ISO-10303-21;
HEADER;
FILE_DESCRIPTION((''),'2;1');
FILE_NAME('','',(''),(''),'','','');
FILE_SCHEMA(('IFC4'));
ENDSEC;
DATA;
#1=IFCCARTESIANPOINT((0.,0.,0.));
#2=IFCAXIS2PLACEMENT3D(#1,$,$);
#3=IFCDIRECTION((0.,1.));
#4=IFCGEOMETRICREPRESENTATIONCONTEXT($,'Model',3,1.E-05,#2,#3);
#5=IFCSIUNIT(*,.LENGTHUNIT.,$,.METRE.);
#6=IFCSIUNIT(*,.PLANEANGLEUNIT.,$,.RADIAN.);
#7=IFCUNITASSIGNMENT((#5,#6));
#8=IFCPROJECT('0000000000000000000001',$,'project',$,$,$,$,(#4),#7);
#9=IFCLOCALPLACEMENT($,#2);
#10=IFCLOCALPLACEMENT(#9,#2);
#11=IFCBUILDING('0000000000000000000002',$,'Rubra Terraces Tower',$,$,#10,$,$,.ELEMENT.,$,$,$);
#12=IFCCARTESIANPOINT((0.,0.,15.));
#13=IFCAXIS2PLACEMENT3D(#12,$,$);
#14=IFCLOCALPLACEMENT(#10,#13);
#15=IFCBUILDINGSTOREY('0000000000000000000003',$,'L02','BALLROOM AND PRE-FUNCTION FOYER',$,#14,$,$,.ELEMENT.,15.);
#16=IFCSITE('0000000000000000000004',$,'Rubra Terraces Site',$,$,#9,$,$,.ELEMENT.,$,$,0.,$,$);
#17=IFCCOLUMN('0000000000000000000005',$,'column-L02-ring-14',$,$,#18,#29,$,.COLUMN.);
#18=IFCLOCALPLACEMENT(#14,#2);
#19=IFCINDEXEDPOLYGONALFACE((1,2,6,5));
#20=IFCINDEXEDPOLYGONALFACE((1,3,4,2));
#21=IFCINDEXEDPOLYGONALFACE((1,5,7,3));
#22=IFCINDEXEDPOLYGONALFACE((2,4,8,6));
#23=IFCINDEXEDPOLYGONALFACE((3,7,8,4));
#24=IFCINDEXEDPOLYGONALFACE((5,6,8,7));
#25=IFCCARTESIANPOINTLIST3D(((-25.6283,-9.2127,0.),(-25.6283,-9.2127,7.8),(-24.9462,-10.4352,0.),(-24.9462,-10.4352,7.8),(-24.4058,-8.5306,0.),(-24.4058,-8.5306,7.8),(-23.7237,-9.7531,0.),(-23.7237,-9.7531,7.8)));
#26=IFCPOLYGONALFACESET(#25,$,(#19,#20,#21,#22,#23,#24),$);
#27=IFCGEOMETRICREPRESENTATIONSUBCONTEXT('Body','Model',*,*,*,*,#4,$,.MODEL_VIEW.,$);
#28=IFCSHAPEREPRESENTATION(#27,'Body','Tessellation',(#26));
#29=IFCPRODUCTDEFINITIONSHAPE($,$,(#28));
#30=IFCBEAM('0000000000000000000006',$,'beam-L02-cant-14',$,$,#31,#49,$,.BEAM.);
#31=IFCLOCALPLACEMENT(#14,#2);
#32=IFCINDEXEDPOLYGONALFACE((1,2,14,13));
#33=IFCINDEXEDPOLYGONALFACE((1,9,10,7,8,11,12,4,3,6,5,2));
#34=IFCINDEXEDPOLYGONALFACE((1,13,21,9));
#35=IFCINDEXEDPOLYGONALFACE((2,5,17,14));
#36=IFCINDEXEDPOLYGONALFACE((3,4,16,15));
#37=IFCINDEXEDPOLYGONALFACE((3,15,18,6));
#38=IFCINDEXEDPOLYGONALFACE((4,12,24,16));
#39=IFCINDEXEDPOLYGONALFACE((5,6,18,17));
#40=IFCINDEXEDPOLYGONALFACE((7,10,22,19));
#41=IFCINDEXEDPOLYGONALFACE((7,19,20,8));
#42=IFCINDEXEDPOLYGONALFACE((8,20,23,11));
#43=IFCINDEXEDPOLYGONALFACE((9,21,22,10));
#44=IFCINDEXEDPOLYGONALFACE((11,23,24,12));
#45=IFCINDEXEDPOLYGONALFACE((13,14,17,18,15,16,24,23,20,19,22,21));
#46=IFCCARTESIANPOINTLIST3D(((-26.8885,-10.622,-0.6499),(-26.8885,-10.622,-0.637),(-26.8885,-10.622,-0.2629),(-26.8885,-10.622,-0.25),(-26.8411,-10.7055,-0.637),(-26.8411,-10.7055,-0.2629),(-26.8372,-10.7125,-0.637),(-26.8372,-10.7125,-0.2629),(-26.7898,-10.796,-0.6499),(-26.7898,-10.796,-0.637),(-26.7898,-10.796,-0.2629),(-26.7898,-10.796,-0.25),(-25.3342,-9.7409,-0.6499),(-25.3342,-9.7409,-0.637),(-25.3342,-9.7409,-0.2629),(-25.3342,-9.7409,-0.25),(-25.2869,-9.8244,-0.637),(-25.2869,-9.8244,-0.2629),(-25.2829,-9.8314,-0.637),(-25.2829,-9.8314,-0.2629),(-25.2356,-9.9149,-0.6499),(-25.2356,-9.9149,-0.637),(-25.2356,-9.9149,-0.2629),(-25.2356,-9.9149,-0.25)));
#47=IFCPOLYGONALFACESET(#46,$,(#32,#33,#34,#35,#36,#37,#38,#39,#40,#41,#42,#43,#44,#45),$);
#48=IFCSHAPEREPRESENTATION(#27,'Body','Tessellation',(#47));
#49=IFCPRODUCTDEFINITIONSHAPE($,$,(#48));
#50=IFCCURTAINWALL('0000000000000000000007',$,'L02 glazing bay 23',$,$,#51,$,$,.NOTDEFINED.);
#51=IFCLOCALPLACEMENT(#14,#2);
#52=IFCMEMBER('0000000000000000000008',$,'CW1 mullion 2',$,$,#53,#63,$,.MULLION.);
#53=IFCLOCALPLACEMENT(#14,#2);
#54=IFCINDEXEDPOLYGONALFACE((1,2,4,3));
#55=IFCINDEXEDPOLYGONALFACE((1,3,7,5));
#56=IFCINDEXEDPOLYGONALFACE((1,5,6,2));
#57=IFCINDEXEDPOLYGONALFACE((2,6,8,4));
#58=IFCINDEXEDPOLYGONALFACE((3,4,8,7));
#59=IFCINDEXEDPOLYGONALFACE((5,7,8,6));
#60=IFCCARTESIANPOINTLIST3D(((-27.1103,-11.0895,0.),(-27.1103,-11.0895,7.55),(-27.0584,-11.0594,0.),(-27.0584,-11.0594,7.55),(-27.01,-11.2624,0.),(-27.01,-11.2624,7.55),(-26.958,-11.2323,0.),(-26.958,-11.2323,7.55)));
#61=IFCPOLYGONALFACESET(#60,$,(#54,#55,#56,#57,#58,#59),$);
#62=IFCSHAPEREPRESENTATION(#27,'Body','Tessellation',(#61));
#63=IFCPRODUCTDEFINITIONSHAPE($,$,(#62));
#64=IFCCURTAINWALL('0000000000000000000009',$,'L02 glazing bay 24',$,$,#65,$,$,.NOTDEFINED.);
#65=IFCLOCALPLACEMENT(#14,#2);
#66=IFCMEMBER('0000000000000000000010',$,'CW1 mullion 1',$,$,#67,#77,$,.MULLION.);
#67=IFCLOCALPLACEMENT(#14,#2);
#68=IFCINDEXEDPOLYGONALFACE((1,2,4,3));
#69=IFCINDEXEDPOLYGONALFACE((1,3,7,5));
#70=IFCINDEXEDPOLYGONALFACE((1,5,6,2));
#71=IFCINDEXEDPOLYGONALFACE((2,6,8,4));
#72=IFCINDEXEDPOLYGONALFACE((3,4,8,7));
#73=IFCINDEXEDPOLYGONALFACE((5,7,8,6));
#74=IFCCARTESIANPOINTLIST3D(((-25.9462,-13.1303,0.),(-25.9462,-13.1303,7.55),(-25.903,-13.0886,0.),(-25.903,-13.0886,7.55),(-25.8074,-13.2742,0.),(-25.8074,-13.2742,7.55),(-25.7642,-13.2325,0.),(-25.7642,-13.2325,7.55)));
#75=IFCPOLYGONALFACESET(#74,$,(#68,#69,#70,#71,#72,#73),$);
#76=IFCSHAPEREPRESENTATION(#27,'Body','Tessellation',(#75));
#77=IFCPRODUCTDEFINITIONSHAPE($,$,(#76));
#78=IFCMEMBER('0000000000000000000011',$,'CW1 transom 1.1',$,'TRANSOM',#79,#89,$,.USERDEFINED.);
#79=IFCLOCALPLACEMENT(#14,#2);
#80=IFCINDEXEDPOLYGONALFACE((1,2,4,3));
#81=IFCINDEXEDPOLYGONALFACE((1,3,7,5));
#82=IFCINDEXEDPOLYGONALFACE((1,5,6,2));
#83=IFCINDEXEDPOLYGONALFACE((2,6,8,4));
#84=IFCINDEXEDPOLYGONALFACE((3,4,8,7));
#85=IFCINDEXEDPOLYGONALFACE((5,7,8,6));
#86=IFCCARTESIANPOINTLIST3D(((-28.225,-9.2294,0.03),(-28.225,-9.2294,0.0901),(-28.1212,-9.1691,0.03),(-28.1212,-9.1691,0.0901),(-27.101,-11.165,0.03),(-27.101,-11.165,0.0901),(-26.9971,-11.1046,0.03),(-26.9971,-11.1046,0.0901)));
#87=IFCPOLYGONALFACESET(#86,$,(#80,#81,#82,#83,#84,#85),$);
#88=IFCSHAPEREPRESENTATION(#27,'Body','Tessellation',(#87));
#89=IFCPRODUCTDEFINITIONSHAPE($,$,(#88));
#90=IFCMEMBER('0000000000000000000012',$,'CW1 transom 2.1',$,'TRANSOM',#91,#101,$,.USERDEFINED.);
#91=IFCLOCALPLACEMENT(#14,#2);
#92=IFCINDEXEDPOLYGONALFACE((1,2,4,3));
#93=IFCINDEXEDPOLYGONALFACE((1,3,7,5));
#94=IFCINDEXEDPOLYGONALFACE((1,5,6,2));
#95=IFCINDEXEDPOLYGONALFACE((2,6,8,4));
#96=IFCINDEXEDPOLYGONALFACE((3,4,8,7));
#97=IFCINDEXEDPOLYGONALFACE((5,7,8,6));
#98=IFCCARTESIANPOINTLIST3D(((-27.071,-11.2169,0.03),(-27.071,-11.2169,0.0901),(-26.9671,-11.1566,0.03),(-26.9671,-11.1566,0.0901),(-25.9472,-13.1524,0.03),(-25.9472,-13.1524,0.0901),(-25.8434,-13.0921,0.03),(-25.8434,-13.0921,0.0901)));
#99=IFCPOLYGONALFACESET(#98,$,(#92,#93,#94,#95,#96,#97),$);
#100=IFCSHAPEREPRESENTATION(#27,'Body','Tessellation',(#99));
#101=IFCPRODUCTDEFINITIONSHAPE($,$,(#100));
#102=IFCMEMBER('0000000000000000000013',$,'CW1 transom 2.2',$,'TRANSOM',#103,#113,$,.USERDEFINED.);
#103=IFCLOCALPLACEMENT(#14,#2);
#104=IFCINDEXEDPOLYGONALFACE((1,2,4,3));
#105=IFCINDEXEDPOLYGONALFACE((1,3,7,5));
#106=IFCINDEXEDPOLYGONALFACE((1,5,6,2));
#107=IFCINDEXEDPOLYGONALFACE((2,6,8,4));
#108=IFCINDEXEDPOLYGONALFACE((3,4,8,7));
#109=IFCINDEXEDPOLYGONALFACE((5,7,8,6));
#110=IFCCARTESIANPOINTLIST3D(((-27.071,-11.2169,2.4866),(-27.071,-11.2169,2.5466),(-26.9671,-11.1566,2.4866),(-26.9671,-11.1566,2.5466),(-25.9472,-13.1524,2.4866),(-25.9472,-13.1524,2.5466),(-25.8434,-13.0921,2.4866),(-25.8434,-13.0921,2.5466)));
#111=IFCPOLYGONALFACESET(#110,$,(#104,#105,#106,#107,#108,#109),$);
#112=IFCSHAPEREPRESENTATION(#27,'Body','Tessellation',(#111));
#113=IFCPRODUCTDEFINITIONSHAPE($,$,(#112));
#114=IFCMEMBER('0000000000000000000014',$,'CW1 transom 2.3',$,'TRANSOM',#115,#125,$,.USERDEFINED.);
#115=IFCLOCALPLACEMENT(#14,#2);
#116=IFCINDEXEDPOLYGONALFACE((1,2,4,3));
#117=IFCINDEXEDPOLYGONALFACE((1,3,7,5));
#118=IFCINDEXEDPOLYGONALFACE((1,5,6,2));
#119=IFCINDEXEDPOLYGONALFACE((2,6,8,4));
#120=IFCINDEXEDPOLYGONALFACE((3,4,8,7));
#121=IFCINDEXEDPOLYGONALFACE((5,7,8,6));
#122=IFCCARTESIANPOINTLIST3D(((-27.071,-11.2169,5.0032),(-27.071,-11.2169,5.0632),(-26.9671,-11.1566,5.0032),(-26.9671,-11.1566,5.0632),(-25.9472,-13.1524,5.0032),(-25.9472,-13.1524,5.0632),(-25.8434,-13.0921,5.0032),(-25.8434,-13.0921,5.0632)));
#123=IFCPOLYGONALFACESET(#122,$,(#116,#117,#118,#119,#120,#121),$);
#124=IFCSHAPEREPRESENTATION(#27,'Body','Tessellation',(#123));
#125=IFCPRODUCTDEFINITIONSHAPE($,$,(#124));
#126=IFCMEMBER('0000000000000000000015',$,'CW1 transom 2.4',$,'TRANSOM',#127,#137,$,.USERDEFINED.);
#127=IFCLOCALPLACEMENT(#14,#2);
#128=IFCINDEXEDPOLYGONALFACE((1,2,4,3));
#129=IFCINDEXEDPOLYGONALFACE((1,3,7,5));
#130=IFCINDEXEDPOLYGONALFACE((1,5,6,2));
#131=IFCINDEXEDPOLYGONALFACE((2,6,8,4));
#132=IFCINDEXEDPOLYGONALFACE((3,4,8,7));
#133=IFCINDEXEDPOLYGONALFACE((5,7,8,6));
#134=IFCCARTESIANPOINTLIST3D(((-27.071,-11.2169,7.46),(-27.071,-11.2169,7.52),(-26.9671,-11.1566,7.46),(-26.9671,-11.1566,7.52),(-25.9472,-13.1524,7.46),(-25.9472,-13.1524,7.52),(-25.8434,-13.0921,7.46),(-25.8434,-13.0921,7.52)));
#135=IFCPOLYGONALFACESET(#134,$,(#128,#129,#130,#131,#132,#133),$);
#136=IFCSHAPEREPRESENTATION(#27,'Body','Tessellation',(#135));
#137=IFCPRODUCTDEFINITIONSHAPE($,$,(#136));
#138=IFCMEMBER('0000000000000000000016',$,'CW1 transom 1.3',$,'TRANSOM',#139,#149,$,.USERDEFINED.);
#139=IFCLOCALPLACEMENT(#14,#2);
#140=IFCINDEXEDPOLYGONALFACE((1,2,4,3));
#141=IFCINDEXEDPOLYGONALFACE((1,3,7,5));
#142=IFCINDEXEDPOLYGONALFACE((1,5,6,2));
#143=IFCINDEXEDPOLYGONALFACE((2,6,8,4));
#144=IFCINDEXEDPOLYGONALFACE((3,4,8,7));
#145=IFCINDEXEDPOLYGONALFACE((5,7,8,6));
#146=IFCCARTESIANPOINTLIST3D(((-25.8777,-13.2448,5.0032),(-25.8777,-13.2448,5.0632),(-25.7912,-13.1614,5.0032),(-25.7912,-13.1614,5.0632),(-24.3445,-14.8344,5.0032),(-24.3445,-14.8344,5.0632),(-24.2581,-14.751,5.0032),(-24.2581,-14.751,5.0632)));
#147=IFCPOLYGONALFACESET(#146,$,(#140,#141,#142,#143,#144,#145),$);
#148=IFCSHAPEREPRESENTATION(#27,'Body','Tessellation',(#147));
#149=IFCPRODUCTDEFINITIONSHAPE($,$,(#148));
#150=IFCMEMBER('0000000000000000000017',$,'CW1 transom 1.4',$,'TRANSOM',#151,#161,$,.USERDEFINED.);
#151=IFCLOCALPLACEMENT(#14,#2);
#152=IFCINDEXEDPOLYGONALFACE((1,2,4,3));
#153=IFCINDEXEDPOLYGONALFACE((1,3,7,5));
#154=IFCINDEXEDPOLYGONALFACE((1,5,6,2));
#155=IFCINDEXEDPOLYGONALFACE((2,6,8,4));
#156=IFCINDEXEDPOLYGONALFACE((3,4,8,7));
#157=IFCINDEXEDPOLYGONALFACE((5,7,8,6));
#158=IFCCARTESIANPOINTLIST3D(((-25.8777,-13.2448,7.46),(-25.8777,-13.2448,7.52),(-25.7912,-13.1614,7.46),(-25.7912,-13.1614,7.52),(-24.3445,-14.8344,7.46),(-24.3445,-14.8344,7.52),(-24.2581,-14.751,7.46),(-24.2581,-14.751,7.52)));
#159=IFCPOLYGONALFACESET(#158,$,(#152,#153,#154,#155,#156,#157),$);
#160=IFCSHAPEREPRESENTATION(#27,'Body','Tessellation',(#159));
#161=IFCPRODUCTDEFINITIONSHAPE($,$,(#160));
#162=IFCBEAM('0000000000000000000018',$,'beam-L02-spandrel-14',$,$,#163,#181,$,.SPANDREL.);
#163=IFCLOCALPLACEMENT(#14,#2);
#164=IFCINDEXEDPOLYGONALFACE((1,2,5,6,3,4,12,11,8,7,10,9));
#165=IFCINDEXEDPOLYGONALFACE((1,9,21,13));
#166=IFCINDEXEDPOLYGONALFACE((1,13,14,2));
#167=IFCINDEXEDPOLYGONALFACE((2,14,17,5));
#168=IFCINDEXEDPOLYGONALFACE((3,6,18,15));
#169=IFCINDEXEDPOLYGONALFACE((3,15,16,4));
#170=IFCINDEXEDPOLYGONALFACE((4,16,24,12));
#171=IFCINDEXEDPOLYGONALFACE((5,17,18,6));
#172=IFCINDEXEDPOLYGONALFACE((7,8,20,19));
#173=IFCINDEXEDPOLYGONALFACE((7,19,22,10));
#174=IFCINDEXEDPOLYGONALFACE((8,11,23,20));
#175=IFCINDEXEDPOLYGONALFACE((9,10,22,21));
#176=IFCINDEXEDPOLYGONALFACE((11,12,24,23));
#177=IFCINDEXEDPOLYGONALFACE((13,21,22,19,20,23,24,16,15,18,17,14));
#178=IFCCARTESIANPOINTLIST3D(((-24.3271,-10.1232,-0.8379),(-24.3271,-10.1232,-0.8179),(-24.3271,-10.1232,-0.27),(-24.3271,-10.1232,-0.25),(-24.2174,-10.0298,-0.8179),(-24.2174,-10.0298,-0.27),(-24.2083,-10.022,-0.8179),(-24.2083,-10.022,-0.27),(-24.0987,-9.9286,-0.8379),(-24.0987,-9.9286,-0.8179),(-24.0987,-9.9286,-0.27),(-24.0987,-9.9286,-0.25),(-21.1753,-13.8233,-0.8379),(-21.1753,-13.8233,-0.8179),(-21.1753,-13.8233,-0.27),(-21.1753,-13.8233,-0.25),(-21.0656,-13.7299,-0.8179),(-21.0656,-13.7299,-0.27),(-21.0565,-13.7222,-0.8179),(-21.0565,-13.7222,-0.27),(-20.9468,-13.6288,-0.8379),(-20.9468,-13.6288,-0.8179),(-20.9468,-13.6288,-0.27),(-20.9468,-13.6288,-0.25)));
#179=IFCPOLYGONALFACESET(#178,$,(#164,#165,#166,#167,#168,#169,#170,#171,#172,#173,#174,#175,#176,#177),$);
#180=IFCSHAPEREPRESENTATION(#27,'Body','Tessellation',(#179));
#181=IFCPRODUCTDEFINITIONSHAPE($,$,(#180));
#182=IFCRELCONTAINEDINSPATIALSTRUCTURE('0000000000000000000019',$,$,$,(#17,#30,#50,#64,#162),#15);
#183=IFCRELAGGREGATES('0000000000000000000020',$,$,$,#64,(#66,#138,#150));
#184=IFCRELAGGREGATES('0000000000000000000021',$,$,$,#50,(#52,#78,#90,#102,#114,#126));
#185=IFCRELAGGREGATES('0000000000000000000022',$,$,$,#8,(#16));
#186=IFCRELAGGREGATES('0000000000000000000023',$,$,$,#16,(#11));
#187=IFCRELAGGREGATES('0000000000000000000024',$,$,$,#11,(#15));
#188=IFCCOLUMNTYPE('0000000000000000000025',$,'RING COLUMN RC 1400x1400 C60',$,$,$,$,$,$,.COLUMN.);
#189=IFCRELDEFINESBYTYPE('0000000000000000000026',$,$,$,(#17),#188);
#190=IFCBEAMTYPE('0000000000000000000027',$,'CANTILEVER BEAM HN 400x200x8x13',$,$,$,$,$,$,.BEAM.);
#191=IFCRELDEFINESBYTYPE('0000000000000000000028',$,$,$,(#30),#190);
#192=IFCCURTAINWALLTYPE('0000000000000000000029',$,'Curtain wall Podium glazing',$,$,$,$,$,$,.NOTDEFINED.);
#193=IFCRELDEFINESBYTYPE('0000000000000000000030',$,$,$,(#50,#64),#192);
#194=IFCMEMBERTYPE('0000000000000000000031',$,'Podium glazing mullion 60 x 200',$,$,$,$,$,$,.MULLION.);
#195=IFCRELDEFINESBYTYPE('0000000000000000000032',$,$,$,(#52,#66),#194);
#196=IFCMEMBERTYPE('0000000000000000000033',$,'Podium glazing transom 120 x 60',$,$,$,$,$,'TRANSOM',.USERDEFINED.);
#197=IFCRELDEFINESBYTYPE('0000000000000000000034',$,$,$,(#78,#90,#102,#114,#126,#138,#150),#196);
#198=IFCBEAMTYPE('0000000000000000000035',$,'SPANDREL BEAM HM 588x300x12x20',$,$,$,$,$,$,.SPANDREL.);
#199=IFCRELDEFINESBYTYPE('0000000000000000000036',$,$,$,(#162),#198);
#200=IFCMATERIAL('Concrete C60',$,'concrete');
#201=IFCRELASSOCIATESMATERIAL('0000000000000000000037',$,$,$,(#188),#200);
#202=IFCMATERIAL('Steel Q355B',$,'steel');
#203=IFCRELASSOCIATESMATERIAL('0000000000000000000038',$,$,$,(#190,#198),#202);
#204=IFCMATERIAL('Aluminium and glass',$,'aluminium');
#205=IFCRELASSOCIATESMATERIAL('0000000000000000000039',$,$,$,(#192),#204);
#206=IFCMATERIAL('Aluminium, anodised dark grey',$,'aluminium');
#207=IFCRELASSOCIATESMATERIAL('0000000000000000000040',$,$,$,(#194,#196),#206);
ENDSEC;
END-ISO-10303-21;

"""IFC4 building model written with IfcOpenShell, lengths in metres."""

from ifc_helpers import new_model, si_unit, direction, frame, origin, origin_2d, place, context, subcontext, project, spatial, rectangle, i_section, extrude, material, material_profile, profile_set, type_object, element, aggregate, save


model = new_model("IFC4")

# Units and contexts
model_context = context("Model", 3, precision=1e-05, world=origin(), true_north=direction((0.0, 1.0)))
body_context = subcontext(model_context, "Body", "Model", "MODEL_VIEW")
ifc_project = project(units=[si_unit("LENGTHUNIT", "METRE"), si_unit("PLANEANGLEUNIT", "RADIAN")], contexts=[model_context])

# Site, building, storey
site_placement = place(None, origin())
site = spatial("IfcSite", under=ifc_project, at=site_placement, Name="Rubra Terraces Site", CompositionType="ELEMENT", RefElevation=0.0)
building_placement = place(site_placement, origin())
building = spatial("IfcBuilding", under=site, at=building_placement, Name="Rubra Terraces Tower", CompositionType="ELEMENT")
storey_placement = place(building_placement, frame((0.0, 0.0, 15.0)))
storey = spatial("IfcBuildingStorey", under=building, at=storey_placement, Name="L02", Description="BALLROOM AND PRE-FUNCTION FOYER", CompositionType="ELEMENT", Elevation=15.0)

# Column
ifc_material_1 = material(Name="Concrete C60", Category="concrete")
ifc_material_profile_1 = material_profile(ifc_material_1, rectangle(XDim=1.3999, YDim=1.3999, at=origin_2d()), Name="RC 1400x1400")
ifc_profile_set_1 = profile_set([ifc_material_profile_1], Name="Concrete C60")
column_type = type_object("IfcColumnType", Name="RING COLUMN RC 1400x1400 C60", PredefinedType="COLUMN", material=ifc_profile_set_1)
column_placement = place(storey_placement, frame((-24.676, -9.4829, 0.0), z_axis=(0.0, 0.0, 1.0), x_axis=(0.487227, -0.873276, 0.0)))
element("IfcColumn", 1, at=column_placement, inside=storey, type_object=column_type, Name="column-L02-ring-14", PredefinedType="COLUMN", context=body_context, shape_type="SweptSolid", body=[
    extrude(rectangle(XDim=1.3999, YDim=1.3999, at=origin_2d()), origin(), (0.0, 0.0, 1.0), 7.8),
])

# Beam
ifc_material_2 = material(Name="Steel Q355B", Category="steel")
ifc_material_profile_2 = material_profile(ifc_material_2, i_section(OverallWidth=0.2, OverallDepth=0.3999, WebThickness=0.0081, FlangeThickness=0.0129, at=origin_2d()), Name="HN 400x200x8x13")
ifc_profile_set_2 = profile_set([ifc_material_profile_2], Name="Steel Q355B")
beam_type_1 = type_object("IfcBeamType", Name="CANTILEVER BEAM HN 400x200x8x13", PredefinedType="BEAM", material=ifc_profile_set_2)
beam_1_placement = place(storey_placement, frame((-25.2849, -9.8279, -0.45), z_axis=(-0.869928, -0.493178, 0.0), x_axis=(0.493178, -0.869928, 0.0)))
element("IfcBeam", 2, at=beam_1_placement, inside=storey, type_object=beam_type_1, Name="beam-L02-cant-14", PredefinedType="BEAM", context=body_context, shape_type="SweptSolid", body=[
    extrude(i_section(OverallWidth=0.2, OverallDepth=0.3999, WebThickness=0.0081, FlangeThickness=0.0129, at=origin_2d()), origin(), (0.0, 0.0, 1.0), 1.7866),
])

# Curtain walls, members
ifc_material_3 = material(Name="Aluminium and glass", Category="aluminium")
curtain_wall_type = type_object("IfcCurtainWallType", Name="Curtain wall Podium glazing", PredefinedType="NOTDEFINED", material=ifc_material_3)
curtain_wall_1_placement = place(storey_placement, origin())
curtain_wall_1 = element("IfcCurtainWall", 3, at=curtain_wall_1_placement, inside=storey, type_object=curtain_wall_type, Name="L02 glazing bay 23", PredefinedType="NOTDEFINED")
ifc_material_4 = material(Name="Aluminium, anodised dark grey", Category="aluminium")
ifc_material_profile_3 = material_profile(ifc_material_4, rectangle(XDim=0.0601, YDim=0.2, at=origin_2d()), Name="AL 60x200")
ifc_profile_set_3 = profile_set([ifc_material_profile_3], Name="Aluminium, anodised dark grey")
member_type_1 = type_object("IfcMemberType", Name="Podium glazing mullion 60 x 200", PredefinedType="MULLION", material=ifc_profile_set_3)
member_1_placement = place(storey_placement, frame((-27.0342, -11.1609, 0.0), z_axis=(0.0, 0.0, 1.0), x_axis=(0.864813, 0.502094, 0.0)))
member_1 = element("IfcMember", 4, at=member_1_placement, type_object=member_type_1, Name="CW1 mullion 2", PredefinedType="MULLION", context=body_context, shape_type="SweptSolid", body=[
    extrude(rectangle(XDim=0.0601, YDim=0.2, at=origin_2d()), origin(), (0.0, 0.0, 1.0), 7.55),
])
curtain_wall_2_placement = place(storey_placement, origin())
curtain_wall_2 = element("IfcCurtainWall", 5, at=curtain_wall_2_placement, inside=storey, type_object=curtain_wall_type, Name="L02 glazing bay 24", PredefinedType="NOTDEFINED")
member_2_placement = place(storey_placement, frame((-25.8552, -13.1814, 0.0), z_axis=(0.0, 0.0, 1.0), x_axis=(0.719825, 0.694156, 0.0)))
member_2 = element("IfcMember", 6, at=member_2_placement, type_object=member_type_1, Name="CW1 mullion 1", PredefinedType="MULLION", context=body_context, shape_type="SweptSolid", body=[
    extrude(rectangle(XDim=0.0601, YDim=0.2, at=origin_2d()), origin(), (0.0, 0.0, 1.0), 7.55),
])

# Members
ifc_material_profile_4 = material_profile(ifc_material_4, rectangle(XDim=0.1201, YDim=0.0601, at=origin_2d()), Name="AL 120x60")
ifc_profile_set_4 = profile_set([ifc_material_profile_4], Name="Aluminium, anodised dark grey")
member_type_2 = type_object("IfcMemberType", Name="Podium glazing transom 120 x 60", ElementType="TRANSOM", PredefinedType="USERDEFINED", material=ifc_profile_set_4)
member_3_placement = place(storey_placement, frame((-28.1731, -9.1992, 0.0601), z_axis=(0.502188, -0.864758, 0.0), x_axis=(0.864758, 0.502188, 0.0)))
member_3 = element("IfcMember", 7, at=member_3_placement, type_object=member_type_2, Name="CW1 transom 1.1", ObjectType="TRANSOM", PredefinedType="USERDEFINED", context=body_context, shape_type="SweptSolid", body=[
    extrude(rectangle(XDim=0.1201, YDim=0.0601, at=origin_2d()), origin(), (0.0, 0.0, 1.0), 2.2383),
])
member_4_placement = place(storey_placement, frame((-27.019, -11.1868, 0.0601), z_axis=(0.502107, -0.864806, 0.0), x_axis=(0.864806, 0.502107, 0.0)))
member_4 = element("IfcMember", 8, at=member_4_placement, type_object=member_type_2, Name="CW1 transom 2.1", ObjectType="TRANSOM", PredefinedType="USERDEFINED", context=body_context, shape_type="SweptSolid", body=[
    extrude(rectangle(XDim=0.1201, YDim=0.0601, at=origin_2d()), origin(), (0.0, 0.0, 1.0), 2.238),
])
member_5_placement = place(storey_placement, frame((-27.019, -11.1868, 2.5166), z_axis=(0.502107, -0.864806, 0.0), x_axis=(0.864806, 0.502107, 0.0)))
member_5 = element("IfcMember", 9, at=member_5_placement, type_object=member_type_2, Name="CW1 transom 2.2", ObjectType="TRANSOM", PredefinedType="USERDEFINED", context=body_context, shape_type="SweptSolid", body=[
    extrude(rectangle(XDim=0.1201, YDim=0.0601, at=origin_2d()), origin(), (0.0, 0.0, 1.0), 2.238),
])
member_6_placement = place(storey_placement, frame((-27.019, -11.1868, 5.0332), z_axis=(0.502107, -0.864806, 0.0), x_axis=(0.864806, 0.502107, 0.0)))
member_6 = element("IfcMember", 10, at=member_6_placement, type_object=member_type_2, Name="CW1 transom 2.3", ObjectType="TRANSOM", PredefinedType="USERDEFINED", context=body_context, shape_type="SweptSolid", body=[
    extrude(rectangle(XDim=0.1201, YDim=0.0601, at=origin_2d()), origin(), (0.0, 0.0, 1.0), 2.238),
])
member_7_placement = place(storey_placement, frame((-27.019, -11.1868, 7.49), z_axis=(0.502107, -0.864806, 0.0), x_axis=(0.864806, 0.502107, 0.0)))
member_7 = element("IfcMember", 11, at=member_7_placement, type_object=member_type_2, Name="CW1 transom 2.4", ObjectType="TRANSOM", PredefinedType="USERDEFINED", context=body_context, shape_type="SweptSolid", body=[
    extrude(rectangle(XDim=0.1201, YDim=0.0601, at=origin_2d()), origin(), (0.0, 0.0, 1.0), 2.238),
])
member_8_placement = place(storey_placement, frame((-25.8345, -13.2031, 5.0332), z_axis=(0.694224, -0.719759, 0.0), x_axis=(0.719759, 0.694224, 0.0)))
member_8 = element("IfcMember", 12, at=member_8_placement, type_object=member_type_2, Name="CW1 transom 1.3", ObjectType="TRANSOM", PredefinedType="USERDEFINED", context=body_context, shape_type="SweptSolid", body=[
    extrude(rectangle(XDim=0.1201, YDim=0.0601, at=origin_2d()), origin(), (0.0, 0.0, 1.0), 2.2085),
])
member_9_placement = place(storey_placement, frame((-25.8345, -13.2031, 7.49), z_axis=(0.694224, -0.719759, 0.0), x_axis=(0.719759, 0.694224, 0.0)))
member_9 = element("IfcMember", 13, at=member_9_placement, type_object=member_type_2, Name="CW1 transom 1.4", ObjectType="TRANSOM", PredefinedType="USERDEFINED", context=body_context, shape_type="SweptSolid", body=[
    extrude(rectangle(XDim=0.1201, YDim=0.0601, at=origin_2d()), origin(), (0.0, 0.0, 1.0), 2.2085),
])
aggregate(curtain_wall_2, [member_2, member_8, member_9])

# Beam
ifc_material_profile_5 = material_profile(ifc_material_2, i_section(OverallWidth=0.3, OverallDepth=0.5879, WebThickness=0.012, FlangeThickness=0.02, at=origin_2d()), Name="HM 588x300x12x20")
ifc_profile_set_5 = profile_set([ifc_material_profile_5], Name="Steel Q355B")
beam_type_2 = type_object("IfcBeamType", Name="SPANDREL BEAM HM 588x300x12x20", PredefinedType="SPANDREL", material=ifc_profile_set_5)
beam_2_placement = place(storey_placement, frame((-24.2129, -10.0259, -0.5439), z_axis=(0.648447, -0.76126, 0.0), x_axis=(0.76126, 0.648447, 0.0)))
element("IfcBeam", 14, at=beam_2_placement, inside=storey, type_object=beam_type_2, Name="beam-L02-spandrel-14", PredefinedType="SPANDREL", context=body_context, shape_type="SweptSolid", body=[
    extrude(i_section(OverallWidth=0.3, OverallDepth=0.5879, WebThickness=0.012, FlangeThickness=0.02, at=origin_2d()), origin(), (0.0, 0.0, 1.0), 4.8606),
])

aggregate(curtain_wall_1, [member_1, member_3, member_4, member_5, member_6, member_7])

save(model, "model.ifc")
